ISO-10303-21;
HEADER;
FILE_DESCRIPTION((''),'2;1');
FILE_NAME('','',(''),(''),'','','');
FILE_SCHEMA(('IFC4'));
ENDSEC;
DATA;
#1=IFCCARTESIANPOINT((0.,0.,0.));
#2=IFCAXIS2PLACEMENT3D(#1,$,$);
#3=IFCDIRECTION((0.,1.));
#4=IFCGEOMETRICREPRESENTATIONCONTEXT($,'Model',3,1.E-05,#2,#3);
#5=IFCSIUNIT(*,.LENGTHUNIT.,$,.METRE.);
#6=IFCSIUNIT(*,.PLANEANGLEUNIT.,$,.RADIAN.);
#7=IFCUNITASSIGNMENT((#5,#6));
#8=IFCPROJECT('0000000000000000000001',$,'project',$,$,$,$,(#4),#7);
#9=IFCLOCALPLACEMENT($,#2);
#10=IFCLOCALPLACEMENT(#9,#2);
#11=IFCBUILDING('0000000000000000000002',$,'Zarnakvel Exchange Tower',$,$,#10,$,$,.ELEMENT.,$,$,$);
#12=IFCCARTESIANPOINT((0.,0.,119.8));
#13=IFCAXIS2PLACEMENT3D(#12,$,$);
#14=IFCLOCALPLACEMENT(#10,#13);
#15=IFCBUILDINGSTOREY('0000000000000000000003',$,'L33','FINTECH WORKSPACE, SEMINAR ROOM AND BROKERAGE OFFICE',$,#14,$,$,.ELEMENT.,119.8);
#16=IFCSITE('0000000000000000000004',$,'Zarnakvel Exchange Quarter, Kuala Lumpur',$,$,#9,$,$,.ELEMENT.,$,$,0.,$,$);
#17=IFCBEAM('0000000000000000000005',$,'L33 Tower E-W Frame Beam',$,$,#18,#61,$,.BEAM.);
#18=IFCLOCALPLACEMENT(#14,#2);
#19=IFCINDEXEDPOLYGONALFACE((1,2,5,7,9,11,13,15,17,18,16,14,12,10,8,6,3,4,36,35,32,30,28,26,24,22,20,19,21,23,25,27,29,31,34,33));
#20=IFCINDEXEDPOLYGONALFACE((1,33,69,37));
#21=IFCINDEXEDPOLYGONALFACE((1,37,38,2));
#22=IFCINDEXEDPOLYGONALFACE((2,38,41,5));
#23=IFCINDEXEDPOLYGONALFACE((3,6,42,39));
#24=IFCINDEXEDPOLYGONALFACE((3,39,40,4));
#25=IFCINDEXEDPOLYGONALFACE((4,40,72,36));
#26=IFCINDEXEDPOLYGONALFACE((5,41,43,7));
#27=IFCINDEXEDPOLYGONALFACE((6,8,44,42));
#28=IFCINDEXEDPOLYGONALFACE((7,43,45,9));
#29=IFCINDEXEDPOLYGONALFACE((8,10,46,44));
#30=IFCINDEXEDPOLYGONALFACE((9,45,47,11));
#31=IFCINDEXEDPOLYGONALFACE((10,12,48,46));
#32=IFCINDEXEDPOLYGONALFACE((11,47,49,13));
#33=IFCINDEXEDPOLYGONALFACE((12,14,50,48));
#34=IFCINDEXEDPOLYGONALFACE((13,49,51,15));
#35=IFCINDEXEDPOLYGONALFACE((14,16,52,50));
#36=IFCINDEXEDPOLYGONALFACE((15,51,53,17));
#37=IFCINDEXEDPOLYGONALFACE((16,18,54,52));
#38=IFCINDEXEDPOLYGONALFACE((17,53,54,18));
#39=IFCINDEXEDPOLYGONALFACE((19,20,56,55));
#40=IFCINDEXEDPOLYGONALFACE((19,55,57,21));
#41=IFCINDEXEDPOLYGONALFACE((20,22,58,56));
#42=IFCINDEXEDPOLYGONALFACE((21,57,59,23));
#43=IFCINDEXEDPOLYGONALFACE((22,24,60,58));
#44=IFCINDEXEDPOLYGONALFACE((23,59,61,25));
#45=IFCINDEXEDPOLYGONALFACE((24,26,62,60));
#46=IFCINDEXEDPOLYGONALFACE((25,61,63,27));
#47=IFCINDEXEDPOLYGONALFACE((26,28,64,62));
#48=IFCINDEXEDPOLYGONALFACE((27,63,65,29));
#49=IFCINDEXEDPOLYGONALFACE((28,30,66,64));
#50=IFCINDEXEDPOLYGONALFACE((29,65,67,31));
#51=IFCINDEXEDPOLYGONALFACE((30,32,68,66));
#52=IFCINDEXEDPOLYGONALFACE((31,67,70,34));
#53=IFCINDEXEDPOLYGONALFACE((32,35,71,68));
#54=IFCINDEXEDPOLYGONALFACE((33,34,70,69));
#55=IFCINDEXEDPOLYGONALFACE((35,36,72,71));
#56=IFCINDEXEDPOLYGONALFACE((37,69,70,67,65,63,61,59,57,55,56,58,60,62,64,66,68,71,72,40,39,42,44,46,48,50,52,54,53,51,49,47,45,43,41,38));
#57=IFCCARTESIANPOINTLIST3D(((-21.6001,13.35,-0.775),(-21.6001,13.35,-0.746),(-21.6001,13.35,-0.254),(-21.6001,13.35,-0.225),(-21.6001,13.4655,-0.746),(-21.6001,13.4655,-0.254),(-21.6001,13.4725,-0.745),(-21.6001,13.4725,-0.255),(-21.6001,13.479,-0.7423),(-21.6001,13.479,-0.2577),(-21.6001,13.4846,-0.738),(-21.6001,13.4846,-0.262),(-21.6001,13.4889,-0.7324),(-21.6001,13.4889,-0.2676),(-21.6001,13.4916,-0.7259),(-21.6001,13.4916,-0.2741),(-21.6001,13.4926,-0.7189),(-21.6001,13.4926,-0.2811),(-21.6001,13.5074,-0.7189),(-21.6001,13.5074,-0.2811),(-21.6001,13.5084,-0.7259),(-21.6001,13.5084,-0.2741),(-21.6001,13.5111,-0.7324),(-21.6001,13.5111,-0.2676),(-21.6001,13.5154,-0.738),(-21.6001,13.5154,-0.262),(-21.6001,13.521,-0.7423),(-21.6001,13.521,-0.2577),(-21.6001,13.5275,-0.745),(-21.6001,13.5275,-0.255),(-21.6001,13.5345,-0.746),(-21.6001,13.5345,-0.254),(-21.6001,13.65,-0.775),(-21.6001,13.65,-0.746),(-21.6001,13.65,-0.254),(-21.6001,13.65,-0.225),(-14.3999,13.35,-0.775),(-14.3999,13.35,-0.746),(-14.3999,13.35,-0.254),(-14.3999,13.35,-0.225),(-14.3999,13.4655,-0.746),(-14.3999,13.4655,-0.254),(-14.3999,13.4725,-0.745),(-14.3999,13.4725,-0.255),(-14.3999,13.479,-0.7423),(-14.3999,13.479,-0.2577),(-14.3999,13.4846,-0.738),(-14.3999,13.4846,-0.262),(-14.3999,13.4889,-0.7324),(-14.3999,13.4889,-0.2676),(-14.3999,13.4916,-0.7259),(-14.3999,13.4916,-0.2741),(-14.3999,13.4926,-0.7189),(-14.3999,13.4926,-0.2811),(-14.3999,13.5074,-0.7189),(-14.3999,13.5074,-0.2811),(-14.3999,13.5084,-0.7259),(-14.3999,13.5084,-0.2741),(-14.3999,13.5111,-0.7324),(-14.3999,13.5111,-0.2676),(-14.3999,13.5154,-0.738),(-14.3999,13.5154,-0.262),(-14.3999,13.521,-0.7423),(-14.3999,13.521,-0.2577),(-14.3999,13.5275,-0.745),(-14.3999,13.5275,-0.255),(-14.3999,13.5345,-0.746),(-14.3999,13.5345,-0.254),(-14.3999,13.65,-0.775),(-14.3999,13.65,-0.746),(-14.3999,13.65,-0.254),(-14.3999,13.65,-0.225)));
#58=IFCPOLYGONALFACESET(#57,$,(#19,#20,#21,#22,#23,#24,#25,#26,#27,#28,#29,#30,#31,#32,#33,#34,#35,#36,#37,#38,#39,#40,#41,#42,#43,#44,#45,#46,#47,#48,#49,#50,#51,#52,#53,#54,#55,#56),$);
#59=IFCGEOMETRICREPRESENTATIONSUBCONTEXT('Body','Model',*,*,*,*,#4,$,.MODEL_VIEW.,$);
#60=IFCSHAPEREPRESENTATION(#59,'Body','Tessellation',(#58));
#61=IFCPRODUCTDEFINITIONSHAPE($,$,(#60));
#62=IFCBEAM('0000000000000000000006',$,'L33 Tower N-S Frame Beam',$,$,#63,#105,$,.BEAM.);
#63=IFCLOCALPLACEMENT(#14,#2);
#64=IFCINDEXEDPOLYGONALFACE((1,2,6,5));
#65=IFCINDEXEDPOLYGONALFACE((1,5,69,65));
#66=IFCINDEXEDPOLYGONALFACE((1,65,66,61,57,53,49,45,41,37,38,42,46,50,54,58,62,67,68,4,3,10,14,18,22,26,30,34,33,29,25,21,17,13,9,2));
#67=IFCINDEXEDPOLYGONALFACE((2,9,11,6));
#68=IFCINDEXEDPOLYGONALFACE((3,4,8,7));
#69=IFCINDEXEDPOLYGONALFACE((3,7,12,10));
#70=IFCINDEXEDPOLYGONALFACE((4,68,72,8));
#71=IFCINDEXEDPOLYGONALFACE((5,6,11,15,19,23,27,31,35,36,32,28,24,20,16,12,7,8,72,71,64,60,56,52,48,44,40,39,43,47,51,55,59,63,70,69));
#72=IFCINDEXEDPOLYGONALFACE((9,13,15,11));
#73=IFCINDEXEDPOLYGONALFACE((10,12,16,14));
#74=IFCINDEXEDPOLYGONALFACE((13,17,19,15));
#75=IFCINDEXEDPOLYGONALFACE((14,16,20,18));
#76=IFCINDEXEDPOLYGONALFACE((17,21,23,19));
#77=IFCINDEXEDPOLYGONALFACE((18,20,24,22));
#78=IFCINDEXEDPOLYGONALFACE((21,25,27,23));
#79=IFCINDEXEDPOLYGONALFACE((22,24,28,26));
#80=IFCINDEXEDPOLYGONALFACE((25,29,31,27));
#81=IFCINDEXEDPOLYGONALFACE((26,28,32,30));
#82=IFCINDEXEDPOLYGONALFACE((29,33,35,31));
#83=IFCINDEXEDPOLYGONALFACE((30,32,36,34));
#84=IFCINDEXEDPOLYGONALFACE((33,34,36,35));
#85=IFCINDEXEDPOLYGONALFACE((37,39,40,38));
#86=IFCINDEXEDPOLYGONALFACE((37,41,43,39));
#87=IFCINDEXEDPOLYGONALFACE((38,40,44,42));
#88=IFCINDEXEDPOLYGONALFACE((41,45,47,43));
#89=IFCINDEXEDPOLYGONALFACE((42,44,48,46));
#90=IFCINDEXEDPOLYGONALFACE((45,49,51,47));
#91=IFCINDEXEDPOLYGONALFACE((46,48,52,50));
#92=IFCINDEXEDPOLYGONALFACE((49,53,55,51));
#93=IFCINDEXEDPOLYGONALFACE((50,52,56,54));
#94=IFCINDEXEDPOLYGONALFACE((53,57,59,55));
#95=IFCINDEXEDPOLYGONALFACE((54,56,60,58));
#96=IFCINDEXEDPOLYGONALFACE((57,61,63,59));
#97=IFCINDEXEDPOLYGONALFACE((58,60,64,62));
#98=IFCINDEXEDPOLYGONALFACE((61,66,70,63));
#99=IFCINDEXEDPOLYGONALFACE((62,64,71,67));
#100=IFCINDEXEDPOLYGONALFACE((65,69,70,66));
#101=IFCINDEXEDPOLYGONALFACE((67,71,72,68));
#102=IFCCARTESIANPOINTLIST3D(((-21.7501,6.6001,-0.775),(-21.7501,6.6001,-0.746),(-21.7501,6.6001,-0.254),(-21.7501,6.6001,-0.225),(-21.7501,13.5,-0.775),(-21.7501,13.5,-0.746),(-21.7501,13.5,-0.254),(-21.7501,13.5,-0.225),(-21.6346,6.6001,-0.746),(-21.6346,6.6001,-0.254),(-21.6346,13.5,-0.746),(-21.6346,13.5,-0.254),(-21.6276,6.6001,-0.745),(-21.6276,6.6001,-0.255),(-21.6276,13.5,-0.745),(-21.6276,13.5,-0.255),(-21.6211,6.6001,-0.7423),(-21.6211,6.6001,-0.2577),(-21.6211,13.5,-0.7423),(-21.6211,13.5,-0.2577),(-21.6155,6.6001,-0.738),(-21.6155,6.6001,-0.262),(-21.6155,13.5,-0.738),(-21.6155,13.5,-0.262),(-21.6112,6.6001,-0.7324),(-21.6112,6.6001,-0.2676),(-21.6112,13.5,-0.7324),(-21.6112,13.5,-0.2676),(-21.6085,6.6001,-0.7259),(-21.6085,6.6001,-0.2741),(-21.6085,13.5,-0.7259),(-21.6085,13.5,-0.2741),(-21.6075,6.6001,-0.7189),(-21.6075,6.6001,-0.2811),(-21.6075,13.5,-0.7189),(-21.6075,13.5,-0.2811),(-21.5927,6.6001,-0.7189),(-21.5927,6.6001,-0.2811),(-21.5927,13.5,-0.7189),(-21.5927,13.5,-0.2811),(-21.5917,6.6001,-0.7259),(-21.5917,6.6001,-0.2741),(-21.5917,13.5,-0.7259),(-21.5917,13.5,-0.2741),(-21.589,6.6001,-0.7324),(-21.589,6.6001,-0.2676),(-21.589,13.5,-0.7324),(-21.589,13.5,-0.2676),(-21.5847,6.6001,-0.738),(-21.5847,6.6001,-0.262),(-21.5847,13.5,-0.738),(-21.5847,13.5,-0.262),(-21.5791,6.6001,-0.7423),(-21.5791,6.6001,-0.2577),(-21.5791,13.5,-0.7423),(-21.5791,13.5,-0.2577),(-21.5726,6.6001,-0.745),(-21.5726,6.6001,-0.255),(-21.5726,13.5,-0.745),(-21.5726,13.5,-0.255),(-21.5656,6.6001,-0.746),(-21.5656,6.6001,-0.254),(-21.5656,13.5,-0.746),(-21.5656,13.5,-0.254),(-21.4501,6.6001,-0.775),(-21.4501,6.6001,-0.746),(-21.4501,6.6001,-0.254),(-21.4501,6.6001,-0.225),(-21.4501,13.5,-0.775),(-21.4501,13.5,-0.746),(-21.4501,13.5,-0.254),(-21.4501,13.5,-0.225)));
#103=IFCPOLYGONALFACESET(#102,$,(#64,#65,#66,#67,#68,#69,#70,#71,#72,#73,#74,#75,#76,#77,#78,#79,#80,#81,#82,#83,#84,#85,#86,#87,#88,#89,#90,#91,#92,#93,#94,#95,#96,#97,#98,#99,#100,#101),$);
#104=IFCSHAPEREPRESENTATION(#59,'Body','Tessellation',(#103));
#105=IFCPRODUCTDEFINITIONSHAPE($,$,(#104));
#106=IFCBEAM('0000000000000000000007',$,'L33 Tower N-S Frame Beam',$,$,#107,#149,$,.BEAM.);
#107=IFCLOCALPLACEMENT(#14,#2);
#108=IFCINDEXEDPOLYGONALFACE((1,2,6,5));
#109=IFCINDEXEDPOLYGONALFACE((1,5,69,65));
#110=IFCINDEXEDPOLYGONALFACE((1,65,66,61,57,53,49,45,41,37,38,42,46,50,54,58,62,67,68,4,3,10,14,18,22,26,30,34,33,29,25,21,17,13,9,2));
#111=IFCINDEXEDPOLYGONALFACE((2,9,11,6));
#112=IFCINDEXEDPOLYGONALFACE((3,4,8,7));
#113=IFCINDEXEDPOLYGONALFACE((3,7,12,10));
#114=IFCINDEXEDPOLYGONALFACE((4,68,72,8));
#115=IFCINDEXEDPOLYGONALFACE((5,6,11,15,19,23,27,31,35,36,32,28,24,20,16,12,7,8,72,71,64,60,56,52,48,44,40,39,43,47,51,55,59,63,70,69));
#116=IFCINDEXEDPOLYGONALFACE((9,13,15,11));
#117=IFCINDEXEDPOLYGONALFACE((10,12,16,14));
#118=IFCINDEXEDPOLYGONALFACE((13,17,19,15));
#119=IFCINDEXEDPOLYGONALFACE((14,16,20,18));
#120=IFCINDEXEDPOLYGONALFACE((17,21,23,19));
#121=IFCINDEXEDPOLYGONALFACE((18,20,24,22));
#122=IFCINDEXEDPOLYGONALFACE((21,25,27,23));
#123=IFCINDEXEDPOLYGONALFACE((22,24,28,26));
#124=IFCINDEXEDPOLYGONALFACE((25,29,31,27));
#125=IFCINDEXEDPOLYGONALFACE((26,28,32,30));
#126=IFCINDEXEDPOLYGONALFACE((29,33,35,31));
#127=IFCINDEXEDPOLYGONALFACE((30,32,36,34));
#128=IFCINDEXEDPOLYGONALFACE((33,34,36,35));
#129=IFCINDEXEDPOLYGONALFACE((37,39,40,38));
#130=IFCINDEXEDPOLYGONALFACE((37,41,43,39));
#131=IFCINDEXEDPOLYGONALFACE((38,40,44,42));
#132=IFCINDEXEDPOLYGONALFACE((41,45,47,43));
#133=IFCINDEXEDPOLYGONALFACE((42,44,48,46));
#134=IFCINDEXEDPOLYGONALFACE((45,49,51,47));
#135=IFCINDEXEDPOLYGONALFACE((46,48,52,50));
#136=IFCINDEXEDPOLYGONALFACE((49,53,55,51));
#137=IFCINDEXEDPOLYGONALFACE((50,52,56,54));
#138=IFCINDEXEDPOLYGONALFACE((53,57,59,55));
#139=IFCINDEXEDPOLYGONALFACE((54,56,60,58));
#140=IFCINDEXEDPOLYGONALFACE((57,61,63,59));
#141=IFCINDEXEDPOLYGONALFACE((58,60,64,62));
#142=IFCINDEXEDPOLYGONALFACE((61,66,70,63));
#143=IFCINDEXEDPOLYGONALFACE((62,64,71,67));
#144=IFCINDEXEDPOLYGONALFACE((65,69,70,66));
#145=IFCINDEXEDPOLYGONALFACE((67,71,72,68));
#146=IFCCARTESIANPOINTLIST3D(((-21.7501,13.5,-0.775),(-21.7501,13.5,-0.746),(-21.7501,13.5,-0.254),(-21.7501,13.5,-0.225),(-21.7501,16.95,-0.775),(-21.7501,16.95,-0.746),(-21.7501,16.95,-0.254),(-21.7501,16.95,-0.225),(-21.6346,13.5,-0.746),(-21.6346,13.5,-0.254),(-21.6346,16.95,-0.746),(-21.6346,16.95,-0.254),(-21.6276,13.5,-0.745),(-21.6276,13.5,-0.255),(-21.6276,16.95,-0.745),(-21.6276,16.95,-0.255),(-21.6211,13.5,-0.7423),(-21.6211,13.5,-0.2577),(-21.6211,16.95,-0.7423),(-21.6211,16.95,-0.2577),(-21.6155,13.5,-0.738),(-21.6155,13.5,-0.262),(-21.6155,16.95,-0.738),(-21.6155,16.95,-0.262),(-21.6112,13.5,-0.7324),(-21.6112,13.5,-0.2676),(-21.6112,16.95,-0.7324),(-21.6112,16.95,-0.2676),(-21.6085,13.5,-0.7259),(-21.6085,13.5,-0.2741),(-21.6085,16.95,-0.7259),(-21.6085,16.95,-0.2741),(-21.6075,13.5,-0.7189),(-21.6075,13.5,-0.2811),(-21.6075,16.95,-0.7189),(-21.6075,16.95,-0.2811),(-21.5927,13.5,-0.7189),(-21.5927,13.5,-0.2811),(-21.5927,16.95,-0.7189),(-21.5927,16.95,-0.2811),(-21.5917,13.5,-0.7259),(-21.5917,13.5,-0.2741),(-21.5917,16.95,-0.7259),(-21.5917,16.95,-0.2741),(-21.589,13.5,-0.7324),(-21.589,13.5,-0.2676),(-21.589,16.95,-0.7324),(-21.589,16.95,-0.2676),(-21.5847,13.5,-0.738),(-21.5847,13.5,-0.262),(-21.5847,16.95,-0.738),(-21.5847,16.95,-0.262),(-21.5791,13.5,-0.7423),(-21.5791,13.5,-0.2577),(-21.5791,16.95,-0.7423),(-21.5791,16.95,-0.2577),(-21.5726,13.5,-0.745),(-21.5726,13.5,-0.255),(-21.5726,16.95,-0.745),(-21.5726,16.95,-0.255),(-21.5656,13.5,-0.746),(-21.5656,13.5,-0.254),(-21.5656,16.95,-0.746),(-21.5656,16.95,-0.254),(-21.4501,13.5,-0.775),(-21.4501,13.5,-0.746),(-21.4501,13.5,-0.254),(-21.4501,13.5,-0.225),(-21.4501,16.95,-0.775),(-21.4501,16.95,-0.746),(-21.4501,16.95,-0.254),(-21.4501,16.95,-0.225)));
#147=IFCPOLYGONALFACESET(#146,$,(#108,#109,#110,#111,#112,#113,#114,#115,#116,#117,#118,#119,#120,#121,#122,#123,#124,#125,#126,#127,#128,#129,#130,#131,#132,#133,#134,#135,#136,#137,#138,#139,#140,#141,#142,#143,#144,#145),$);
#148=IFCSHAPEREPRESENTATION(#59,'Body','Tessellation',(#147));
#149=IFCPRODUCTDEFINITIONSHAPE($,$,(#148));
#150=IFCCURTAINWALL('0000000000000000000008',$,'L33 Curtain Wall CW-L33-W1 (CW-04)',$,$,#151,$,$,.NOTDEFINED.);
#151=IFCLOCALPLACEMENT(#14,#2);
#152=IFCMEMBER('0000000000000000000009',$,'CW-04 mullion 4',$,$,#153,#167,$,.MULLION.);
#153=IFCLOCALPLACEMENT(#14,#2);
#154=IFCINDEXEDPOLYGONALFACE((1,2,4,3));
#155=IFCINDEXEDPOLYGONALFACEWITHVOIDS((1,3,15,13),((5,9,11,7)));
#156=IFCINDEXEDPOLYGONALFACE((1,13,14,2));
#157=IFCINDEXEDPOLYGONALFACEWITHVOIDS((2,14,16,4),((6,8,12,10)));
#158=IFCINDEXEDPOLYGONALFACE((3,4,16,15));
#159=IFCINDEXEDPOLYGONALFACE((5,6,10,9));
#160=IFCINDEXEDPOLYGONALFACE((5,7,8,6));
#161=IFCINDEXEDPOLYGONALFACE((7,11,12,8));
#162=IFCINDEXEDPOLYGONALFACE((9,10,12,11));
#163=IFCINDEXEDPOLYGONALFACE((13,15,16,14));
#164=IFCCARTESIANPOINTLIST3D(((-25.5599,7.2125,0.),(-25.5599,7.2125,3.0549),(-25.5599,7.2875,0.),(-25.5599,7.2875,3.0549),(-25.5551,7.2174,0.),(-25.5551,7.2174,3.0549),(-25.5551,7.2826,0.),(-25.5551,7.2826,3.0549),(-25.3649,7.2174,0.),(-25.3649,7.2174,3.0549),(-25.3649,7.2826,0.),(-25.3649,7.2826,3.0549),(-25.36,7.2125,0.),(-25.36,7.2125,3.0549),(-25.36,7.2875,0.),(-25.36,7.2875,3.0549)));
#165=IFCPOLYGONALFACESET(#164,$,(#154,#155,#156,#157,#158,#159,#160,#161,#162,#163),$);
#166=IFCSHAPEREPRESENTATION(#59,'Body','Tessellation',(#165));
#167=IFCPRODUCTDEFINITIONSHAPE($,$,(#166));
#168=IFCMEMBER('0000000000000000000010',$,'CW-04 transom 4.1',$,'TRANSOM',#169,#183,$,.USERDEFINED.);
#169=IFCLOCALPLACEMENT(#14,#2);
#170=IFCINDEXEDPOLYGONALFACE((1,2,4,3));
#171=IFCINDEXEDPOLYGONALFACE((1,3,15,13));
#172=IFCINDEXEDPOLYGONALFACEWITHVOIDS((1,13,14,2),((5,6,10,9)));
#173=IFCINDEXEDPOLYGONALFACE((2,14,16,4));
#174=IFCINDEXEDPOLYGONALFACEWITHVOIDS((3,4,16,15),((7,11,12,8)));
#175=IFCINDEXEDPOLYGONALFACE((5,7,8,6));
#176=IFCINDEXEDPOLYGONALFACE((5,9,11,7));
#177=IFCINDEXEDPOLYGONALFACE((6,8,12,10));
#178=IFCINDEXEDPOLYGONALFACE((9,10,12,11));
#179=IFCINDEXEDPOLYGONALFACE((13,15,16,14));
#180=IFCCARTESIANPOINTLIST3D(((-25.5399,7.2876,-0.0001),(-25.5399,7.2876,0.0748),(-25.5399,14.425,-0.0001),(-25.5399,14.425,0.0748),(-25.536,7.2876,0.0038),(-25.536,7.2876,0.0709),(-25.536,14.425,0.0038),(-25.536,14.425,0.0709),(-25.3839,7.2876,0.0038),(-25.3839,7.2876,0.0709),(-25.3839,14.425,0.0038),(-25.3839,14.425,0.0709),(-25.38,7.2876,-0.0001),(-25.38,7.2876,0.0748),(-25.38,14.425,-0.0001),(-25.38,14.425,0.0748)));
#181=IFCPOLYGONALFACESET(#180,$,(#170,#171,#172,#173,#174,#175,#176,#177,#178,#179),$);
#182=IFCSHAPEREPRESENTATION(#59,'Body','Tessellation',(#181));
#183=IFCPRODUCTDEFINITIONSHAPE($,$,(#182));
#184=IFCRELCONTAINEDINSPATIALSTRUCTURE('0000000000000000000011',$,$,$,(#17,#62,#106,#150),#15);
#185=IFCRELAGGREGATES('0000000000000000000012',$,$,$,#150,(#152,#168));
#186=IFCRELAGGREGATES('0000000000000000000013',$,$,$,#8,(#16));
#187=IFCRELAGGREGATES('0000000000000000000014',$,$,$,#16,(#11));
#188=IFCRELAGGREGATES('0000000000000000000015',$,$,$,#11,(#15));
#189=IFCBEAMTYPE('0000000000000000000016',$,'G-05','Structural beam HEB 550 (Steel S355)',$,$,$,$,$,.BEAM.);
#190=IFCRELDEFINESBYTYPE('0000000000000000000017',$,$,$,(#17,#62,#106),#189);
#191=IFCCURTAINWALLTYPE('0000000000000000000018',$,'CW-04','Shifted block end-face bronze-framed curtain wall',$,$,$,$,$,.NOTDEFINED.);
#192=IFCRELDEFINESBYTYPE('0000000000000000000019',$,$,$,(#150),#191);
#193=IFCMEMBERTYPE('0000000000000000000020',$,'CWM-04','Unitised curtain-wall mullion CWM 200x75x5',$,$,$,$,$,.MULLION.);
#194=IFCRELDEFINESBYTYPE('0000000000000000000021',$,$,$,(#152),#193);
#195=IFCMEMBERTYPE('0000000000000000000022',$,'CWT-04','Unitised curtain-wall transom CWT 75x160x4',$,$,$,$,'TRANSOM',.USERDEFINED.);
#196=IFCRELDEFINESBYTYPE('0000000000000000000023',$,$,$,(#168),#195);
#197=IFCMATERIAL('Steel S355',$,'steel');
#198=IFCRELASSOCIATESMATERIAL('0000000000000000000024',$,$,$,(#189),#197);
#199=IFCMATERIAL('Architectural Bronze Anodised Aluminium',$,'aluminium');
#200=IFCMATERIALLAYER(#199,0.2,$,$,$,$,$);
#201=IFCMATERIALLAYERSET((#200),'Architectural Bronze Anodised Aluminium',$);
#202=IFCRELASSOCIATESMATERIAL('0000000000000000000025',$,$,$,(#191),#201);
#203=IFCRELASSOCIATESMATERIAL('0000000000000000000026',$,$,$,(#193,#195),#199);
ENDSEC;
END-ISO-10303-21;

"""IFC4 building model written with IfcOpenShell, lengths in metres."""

from ifc_helpers import new_model, si_unit, direction, frame, origin, origin_2d, place, context, subcontext, project, spatial, hollow_rectangle, i_section, extrude, source, transform, mapped, material, layer, layer_set, material_profile, profile_set, type_object, element, aggregate, save


model = new_model("IFC4")

# Units and contexts
model_context = context("Model", 3, precision=1e-05, world=origin(), true_north=direction((0.0, 1.0)))
body_context = subcontext(model_context, "Body", "Model", "MODEL_VIEW")
ifc_project = project(units=[si_unit("LENGTHUNIT", "METRE"), si_unit("PLANEANGLEUNIT", "RADIAN")], contexts=[model_context])

# Site, building, storey
site_placement = place(None, origin())
site = spatial("IfcSite", under=ifc_project, at=site_placement, Name="Zarnakvel Exchange Quarter, Kuala Lumpur", CompositionType="ELEMENT", RefElevation=0.0)
building_placement = place(site_placement, origin())
building = spatial("IfcBuilding", under=site, at=building_placement, Name="Zarnakvel Exchange Tower", CompositionType="ELEMENT")
storey_placement = place(building_placement, frame((0.0, 0.0, 119.8)))
storey = spatial("IfcBuildingStorey", under=building, at=storey_placement, Name="L33", Description="FINTECH WORKSPACE, SEMINAR ROOM AND BROKERAGE OFFICE", CompositionType="ELEMENT", Elevation=119.8)

# Shared definitions
ifc_material_1 = material(Name="Steel S355", Category="steel")

# Beams
ifc_material_profile_1 = material_profile(ifc_material_1, i_section(OverallWidth=0.3, OverallDepth=0.55, WebThickness=0.0149, FlangeThickness=0.0291, FilletRadius=0.0271, at=origin_2d()))
ifc_profile_set_1 = profile_set([ifc_material_profile_1], Name="Steel S355")
beam_type = type_object("IfcBeamType", Name="G-05", Description="Structural beam HEB 550 (Steel S355)", PredefinedType="BEAM", material=ifc_profile_set_1)
beam_1_placement = place(storey_placement, frame((-21.6001, 13.5, -0.5), z_axis=(1.0, 0.0, 0.0), x_axis=(0.0, 1.0, 0.0)))
element("IfcBeam", 1, at=beam_1_placement, inside=storey, type_object=beam_type, Name="L33 Tower E-W Frame Beam", PredefinedType="BEAM", context=body_context, shape_type="SweptSolid", body=[
    extrude(i_section(OverallWidth=0.3, OverallDepth=0.55, WebThickness=0.0149, FlangeThickness=0.0291, FilletRadius=0.0271, at=origin_2d()), origin(), (0.0, 0.0, 1.0), 7.2002),
])
beam_2_placement = place(storey_placement, frame((-21.6001, 6.6001, -0.5), z_axis=(0.0, 1.0, 0.0), x_axis=(-1.0, 0.0, 0.0)))
element("IfcBeam", 2, at=beam_2_placement, inside=storey, type_object=beam_type, Name="L33 Tower N-S Frame Beam", PredefinedType="BEAM", context=body_context, shape_type="SweptSolid", body=[
    extrude(i_section(OverallWidth=0.3, OverallDepth=0.55, WebThickness=0.0149, FlangeThickness=0.0291, FilletRadius=0.0271, at=origin_2d()), origin(), (0.0, 0.0, 1.0), 6.8999),
])
beam_3_placement = place(storey_placement, frame((-21.6001, 13.5, -0.5), z_axis=(0.0, 1.0, 0.0), x_axis=(-1.0, 0.0, 0.0)))
element("IfcBeam", 3, at=beam_3_placement, inside=storey, type_object=beam_type, Name="L33 Tower N-S Frame Beam", PredefinedType="BEAM", context=body_context, shape_type="SweptSolid", body=[
    extrude(i_section(OverallWidth=0.3, OverallDepth=0.55, WebThickness=0.0149, FlangeThickness=0.0291, FilletRadius=0.0271, at=origin_2d()), origin(), (0.0, 0.0, 1.0), 3.45),
])

# Curtain wall, members
ifc_material_2 = material(Name="Architectural Bronze Anodised Aluminium", Category="aluminium")
ifc_layer_1 = layer(ifc_material_2, 0.2)
ifc_layer_set_1 = layer_set([ifc_layer_1], Name="Architectural Bronze Anodised Aluminium")
curtain_wall_type = type_object("IfcCurtainWallType", Name="CW-04", Description="Shifted block end-face bronze-framed curtain wall", PredefinedType="NOTDEFINED", material=ifc_layer_set_1)
curtain_wall_placement = place(storey_placement, origin())
curtain_wall = element("IfcCurtainWall", 4, at=curtain_wall_placement, inside=storey, type_object=curtain_wall_type, Name="L33 Curtain Wall CW-L33-W1 (CW-04)", PredefinedType="NOTDEFINED")
ifc_material_profile_2 = material_profile(ifc_material_2, hollow_rectangle(XDim=0.2, YDim=0.075, WallThickness=0.0049, at=origin_2d()))
ifc_profile_set_2 = profile_set([ifc_material_profile_2], Name="Architectural Bronze Anodised Aluminium")
member_type_1 = type_object("IfcMemberType", Name="CWM-04", Description="Unitised curtain-wall mullion CWM 200x75x5", PredefinedType="MULLION", material=ifc_profile_set_2)
shared_shape_1 = source(origin(), body_context, "Body", "SweptSolid", [
    extrude(hollow_rectangle(XDim=0.2, YDim=0.075, WallThickness=0.0049, at=origin_2d()), origin(), (0.0, 0.0, 1.0), 3.0549),
])
member_1_placement = place(storey_placement, frame((-25.46, 7.25, 0.0), z_axis=(0.0, 0.0, 1.0), x_axis=(-1.0, 0.0, 0.0)))
member_1 = element("IfcMember", 5, at=member_1_placement, type_object=member_type_1, Name="CW-04 mullion 4", PredefinedType="MULLION", context=body_context, shape_type="MappedRepresentation", body=[
    mapped(shared_shape_1, transform((0.0, 0.0, 0.0), x_axis=(1.0, 0.0, 0.0), y_axis=(0.0, 1.0, 0.0), z_axis=(0.0, 0.0, 1.0), scale=1.0)),
])
ifc_material_profile_3 = material_profile(ifc_material_2, hollow_rectangle(XDim=0.1599, YDim=0.075, WallThickness=0.0039, at=origin_2d()))
ifc_profile_set_3 = profile_set([ifc_material_profile_3], Name="Architectural Bronze Anodised Aluminium")
member_type_2 = type_object("IfcMemberType", Name="CWT-04", Description="Unitised curtain-wall transom CWT 75x160x4", ElementType="TRANSOM", PredefinedType="USERDEFINED", material=ifc_profile_set_3)
shared_shape_2 = source(origin(), body_context, "Body", "SweptSolid", [
    extrude(hollow_rectangle(XDim=0.1599, YDim=0.075, WallThickness=0.0039, at=origin_2d()), origin(), (0.0, 0.0, 1.0), 7.1375),
])
member_2_placement = place(storey_placement, frame((-25.46, 7.2876, 0.0374), z_axis=(0.0, 1.0, 0.0), x_axis=(-1.0, 0.0, 0.0)))
member_2 = element("IfcMember", 6, at=member_2_placement, type_object=member_type_2, Name="CW-04 transom 4.1", ObjectType="TRANSOM", PredefinedType="USERDEFINED", context=body_context, shape_type="MappedRepresentation", body=[
    mapped(shared_shape_2, transform((0.0, 0.0, 0.0), x_axis=(1.0, 0.0, 0.0), y_axis=(0.0, 1.0, 0.0), z_axis=(0.0, 0.0, 1.0), scale=1.0)),
])
aggregate(curtain_wall, [member_1, member_2])

save(model, "model.ifc")
